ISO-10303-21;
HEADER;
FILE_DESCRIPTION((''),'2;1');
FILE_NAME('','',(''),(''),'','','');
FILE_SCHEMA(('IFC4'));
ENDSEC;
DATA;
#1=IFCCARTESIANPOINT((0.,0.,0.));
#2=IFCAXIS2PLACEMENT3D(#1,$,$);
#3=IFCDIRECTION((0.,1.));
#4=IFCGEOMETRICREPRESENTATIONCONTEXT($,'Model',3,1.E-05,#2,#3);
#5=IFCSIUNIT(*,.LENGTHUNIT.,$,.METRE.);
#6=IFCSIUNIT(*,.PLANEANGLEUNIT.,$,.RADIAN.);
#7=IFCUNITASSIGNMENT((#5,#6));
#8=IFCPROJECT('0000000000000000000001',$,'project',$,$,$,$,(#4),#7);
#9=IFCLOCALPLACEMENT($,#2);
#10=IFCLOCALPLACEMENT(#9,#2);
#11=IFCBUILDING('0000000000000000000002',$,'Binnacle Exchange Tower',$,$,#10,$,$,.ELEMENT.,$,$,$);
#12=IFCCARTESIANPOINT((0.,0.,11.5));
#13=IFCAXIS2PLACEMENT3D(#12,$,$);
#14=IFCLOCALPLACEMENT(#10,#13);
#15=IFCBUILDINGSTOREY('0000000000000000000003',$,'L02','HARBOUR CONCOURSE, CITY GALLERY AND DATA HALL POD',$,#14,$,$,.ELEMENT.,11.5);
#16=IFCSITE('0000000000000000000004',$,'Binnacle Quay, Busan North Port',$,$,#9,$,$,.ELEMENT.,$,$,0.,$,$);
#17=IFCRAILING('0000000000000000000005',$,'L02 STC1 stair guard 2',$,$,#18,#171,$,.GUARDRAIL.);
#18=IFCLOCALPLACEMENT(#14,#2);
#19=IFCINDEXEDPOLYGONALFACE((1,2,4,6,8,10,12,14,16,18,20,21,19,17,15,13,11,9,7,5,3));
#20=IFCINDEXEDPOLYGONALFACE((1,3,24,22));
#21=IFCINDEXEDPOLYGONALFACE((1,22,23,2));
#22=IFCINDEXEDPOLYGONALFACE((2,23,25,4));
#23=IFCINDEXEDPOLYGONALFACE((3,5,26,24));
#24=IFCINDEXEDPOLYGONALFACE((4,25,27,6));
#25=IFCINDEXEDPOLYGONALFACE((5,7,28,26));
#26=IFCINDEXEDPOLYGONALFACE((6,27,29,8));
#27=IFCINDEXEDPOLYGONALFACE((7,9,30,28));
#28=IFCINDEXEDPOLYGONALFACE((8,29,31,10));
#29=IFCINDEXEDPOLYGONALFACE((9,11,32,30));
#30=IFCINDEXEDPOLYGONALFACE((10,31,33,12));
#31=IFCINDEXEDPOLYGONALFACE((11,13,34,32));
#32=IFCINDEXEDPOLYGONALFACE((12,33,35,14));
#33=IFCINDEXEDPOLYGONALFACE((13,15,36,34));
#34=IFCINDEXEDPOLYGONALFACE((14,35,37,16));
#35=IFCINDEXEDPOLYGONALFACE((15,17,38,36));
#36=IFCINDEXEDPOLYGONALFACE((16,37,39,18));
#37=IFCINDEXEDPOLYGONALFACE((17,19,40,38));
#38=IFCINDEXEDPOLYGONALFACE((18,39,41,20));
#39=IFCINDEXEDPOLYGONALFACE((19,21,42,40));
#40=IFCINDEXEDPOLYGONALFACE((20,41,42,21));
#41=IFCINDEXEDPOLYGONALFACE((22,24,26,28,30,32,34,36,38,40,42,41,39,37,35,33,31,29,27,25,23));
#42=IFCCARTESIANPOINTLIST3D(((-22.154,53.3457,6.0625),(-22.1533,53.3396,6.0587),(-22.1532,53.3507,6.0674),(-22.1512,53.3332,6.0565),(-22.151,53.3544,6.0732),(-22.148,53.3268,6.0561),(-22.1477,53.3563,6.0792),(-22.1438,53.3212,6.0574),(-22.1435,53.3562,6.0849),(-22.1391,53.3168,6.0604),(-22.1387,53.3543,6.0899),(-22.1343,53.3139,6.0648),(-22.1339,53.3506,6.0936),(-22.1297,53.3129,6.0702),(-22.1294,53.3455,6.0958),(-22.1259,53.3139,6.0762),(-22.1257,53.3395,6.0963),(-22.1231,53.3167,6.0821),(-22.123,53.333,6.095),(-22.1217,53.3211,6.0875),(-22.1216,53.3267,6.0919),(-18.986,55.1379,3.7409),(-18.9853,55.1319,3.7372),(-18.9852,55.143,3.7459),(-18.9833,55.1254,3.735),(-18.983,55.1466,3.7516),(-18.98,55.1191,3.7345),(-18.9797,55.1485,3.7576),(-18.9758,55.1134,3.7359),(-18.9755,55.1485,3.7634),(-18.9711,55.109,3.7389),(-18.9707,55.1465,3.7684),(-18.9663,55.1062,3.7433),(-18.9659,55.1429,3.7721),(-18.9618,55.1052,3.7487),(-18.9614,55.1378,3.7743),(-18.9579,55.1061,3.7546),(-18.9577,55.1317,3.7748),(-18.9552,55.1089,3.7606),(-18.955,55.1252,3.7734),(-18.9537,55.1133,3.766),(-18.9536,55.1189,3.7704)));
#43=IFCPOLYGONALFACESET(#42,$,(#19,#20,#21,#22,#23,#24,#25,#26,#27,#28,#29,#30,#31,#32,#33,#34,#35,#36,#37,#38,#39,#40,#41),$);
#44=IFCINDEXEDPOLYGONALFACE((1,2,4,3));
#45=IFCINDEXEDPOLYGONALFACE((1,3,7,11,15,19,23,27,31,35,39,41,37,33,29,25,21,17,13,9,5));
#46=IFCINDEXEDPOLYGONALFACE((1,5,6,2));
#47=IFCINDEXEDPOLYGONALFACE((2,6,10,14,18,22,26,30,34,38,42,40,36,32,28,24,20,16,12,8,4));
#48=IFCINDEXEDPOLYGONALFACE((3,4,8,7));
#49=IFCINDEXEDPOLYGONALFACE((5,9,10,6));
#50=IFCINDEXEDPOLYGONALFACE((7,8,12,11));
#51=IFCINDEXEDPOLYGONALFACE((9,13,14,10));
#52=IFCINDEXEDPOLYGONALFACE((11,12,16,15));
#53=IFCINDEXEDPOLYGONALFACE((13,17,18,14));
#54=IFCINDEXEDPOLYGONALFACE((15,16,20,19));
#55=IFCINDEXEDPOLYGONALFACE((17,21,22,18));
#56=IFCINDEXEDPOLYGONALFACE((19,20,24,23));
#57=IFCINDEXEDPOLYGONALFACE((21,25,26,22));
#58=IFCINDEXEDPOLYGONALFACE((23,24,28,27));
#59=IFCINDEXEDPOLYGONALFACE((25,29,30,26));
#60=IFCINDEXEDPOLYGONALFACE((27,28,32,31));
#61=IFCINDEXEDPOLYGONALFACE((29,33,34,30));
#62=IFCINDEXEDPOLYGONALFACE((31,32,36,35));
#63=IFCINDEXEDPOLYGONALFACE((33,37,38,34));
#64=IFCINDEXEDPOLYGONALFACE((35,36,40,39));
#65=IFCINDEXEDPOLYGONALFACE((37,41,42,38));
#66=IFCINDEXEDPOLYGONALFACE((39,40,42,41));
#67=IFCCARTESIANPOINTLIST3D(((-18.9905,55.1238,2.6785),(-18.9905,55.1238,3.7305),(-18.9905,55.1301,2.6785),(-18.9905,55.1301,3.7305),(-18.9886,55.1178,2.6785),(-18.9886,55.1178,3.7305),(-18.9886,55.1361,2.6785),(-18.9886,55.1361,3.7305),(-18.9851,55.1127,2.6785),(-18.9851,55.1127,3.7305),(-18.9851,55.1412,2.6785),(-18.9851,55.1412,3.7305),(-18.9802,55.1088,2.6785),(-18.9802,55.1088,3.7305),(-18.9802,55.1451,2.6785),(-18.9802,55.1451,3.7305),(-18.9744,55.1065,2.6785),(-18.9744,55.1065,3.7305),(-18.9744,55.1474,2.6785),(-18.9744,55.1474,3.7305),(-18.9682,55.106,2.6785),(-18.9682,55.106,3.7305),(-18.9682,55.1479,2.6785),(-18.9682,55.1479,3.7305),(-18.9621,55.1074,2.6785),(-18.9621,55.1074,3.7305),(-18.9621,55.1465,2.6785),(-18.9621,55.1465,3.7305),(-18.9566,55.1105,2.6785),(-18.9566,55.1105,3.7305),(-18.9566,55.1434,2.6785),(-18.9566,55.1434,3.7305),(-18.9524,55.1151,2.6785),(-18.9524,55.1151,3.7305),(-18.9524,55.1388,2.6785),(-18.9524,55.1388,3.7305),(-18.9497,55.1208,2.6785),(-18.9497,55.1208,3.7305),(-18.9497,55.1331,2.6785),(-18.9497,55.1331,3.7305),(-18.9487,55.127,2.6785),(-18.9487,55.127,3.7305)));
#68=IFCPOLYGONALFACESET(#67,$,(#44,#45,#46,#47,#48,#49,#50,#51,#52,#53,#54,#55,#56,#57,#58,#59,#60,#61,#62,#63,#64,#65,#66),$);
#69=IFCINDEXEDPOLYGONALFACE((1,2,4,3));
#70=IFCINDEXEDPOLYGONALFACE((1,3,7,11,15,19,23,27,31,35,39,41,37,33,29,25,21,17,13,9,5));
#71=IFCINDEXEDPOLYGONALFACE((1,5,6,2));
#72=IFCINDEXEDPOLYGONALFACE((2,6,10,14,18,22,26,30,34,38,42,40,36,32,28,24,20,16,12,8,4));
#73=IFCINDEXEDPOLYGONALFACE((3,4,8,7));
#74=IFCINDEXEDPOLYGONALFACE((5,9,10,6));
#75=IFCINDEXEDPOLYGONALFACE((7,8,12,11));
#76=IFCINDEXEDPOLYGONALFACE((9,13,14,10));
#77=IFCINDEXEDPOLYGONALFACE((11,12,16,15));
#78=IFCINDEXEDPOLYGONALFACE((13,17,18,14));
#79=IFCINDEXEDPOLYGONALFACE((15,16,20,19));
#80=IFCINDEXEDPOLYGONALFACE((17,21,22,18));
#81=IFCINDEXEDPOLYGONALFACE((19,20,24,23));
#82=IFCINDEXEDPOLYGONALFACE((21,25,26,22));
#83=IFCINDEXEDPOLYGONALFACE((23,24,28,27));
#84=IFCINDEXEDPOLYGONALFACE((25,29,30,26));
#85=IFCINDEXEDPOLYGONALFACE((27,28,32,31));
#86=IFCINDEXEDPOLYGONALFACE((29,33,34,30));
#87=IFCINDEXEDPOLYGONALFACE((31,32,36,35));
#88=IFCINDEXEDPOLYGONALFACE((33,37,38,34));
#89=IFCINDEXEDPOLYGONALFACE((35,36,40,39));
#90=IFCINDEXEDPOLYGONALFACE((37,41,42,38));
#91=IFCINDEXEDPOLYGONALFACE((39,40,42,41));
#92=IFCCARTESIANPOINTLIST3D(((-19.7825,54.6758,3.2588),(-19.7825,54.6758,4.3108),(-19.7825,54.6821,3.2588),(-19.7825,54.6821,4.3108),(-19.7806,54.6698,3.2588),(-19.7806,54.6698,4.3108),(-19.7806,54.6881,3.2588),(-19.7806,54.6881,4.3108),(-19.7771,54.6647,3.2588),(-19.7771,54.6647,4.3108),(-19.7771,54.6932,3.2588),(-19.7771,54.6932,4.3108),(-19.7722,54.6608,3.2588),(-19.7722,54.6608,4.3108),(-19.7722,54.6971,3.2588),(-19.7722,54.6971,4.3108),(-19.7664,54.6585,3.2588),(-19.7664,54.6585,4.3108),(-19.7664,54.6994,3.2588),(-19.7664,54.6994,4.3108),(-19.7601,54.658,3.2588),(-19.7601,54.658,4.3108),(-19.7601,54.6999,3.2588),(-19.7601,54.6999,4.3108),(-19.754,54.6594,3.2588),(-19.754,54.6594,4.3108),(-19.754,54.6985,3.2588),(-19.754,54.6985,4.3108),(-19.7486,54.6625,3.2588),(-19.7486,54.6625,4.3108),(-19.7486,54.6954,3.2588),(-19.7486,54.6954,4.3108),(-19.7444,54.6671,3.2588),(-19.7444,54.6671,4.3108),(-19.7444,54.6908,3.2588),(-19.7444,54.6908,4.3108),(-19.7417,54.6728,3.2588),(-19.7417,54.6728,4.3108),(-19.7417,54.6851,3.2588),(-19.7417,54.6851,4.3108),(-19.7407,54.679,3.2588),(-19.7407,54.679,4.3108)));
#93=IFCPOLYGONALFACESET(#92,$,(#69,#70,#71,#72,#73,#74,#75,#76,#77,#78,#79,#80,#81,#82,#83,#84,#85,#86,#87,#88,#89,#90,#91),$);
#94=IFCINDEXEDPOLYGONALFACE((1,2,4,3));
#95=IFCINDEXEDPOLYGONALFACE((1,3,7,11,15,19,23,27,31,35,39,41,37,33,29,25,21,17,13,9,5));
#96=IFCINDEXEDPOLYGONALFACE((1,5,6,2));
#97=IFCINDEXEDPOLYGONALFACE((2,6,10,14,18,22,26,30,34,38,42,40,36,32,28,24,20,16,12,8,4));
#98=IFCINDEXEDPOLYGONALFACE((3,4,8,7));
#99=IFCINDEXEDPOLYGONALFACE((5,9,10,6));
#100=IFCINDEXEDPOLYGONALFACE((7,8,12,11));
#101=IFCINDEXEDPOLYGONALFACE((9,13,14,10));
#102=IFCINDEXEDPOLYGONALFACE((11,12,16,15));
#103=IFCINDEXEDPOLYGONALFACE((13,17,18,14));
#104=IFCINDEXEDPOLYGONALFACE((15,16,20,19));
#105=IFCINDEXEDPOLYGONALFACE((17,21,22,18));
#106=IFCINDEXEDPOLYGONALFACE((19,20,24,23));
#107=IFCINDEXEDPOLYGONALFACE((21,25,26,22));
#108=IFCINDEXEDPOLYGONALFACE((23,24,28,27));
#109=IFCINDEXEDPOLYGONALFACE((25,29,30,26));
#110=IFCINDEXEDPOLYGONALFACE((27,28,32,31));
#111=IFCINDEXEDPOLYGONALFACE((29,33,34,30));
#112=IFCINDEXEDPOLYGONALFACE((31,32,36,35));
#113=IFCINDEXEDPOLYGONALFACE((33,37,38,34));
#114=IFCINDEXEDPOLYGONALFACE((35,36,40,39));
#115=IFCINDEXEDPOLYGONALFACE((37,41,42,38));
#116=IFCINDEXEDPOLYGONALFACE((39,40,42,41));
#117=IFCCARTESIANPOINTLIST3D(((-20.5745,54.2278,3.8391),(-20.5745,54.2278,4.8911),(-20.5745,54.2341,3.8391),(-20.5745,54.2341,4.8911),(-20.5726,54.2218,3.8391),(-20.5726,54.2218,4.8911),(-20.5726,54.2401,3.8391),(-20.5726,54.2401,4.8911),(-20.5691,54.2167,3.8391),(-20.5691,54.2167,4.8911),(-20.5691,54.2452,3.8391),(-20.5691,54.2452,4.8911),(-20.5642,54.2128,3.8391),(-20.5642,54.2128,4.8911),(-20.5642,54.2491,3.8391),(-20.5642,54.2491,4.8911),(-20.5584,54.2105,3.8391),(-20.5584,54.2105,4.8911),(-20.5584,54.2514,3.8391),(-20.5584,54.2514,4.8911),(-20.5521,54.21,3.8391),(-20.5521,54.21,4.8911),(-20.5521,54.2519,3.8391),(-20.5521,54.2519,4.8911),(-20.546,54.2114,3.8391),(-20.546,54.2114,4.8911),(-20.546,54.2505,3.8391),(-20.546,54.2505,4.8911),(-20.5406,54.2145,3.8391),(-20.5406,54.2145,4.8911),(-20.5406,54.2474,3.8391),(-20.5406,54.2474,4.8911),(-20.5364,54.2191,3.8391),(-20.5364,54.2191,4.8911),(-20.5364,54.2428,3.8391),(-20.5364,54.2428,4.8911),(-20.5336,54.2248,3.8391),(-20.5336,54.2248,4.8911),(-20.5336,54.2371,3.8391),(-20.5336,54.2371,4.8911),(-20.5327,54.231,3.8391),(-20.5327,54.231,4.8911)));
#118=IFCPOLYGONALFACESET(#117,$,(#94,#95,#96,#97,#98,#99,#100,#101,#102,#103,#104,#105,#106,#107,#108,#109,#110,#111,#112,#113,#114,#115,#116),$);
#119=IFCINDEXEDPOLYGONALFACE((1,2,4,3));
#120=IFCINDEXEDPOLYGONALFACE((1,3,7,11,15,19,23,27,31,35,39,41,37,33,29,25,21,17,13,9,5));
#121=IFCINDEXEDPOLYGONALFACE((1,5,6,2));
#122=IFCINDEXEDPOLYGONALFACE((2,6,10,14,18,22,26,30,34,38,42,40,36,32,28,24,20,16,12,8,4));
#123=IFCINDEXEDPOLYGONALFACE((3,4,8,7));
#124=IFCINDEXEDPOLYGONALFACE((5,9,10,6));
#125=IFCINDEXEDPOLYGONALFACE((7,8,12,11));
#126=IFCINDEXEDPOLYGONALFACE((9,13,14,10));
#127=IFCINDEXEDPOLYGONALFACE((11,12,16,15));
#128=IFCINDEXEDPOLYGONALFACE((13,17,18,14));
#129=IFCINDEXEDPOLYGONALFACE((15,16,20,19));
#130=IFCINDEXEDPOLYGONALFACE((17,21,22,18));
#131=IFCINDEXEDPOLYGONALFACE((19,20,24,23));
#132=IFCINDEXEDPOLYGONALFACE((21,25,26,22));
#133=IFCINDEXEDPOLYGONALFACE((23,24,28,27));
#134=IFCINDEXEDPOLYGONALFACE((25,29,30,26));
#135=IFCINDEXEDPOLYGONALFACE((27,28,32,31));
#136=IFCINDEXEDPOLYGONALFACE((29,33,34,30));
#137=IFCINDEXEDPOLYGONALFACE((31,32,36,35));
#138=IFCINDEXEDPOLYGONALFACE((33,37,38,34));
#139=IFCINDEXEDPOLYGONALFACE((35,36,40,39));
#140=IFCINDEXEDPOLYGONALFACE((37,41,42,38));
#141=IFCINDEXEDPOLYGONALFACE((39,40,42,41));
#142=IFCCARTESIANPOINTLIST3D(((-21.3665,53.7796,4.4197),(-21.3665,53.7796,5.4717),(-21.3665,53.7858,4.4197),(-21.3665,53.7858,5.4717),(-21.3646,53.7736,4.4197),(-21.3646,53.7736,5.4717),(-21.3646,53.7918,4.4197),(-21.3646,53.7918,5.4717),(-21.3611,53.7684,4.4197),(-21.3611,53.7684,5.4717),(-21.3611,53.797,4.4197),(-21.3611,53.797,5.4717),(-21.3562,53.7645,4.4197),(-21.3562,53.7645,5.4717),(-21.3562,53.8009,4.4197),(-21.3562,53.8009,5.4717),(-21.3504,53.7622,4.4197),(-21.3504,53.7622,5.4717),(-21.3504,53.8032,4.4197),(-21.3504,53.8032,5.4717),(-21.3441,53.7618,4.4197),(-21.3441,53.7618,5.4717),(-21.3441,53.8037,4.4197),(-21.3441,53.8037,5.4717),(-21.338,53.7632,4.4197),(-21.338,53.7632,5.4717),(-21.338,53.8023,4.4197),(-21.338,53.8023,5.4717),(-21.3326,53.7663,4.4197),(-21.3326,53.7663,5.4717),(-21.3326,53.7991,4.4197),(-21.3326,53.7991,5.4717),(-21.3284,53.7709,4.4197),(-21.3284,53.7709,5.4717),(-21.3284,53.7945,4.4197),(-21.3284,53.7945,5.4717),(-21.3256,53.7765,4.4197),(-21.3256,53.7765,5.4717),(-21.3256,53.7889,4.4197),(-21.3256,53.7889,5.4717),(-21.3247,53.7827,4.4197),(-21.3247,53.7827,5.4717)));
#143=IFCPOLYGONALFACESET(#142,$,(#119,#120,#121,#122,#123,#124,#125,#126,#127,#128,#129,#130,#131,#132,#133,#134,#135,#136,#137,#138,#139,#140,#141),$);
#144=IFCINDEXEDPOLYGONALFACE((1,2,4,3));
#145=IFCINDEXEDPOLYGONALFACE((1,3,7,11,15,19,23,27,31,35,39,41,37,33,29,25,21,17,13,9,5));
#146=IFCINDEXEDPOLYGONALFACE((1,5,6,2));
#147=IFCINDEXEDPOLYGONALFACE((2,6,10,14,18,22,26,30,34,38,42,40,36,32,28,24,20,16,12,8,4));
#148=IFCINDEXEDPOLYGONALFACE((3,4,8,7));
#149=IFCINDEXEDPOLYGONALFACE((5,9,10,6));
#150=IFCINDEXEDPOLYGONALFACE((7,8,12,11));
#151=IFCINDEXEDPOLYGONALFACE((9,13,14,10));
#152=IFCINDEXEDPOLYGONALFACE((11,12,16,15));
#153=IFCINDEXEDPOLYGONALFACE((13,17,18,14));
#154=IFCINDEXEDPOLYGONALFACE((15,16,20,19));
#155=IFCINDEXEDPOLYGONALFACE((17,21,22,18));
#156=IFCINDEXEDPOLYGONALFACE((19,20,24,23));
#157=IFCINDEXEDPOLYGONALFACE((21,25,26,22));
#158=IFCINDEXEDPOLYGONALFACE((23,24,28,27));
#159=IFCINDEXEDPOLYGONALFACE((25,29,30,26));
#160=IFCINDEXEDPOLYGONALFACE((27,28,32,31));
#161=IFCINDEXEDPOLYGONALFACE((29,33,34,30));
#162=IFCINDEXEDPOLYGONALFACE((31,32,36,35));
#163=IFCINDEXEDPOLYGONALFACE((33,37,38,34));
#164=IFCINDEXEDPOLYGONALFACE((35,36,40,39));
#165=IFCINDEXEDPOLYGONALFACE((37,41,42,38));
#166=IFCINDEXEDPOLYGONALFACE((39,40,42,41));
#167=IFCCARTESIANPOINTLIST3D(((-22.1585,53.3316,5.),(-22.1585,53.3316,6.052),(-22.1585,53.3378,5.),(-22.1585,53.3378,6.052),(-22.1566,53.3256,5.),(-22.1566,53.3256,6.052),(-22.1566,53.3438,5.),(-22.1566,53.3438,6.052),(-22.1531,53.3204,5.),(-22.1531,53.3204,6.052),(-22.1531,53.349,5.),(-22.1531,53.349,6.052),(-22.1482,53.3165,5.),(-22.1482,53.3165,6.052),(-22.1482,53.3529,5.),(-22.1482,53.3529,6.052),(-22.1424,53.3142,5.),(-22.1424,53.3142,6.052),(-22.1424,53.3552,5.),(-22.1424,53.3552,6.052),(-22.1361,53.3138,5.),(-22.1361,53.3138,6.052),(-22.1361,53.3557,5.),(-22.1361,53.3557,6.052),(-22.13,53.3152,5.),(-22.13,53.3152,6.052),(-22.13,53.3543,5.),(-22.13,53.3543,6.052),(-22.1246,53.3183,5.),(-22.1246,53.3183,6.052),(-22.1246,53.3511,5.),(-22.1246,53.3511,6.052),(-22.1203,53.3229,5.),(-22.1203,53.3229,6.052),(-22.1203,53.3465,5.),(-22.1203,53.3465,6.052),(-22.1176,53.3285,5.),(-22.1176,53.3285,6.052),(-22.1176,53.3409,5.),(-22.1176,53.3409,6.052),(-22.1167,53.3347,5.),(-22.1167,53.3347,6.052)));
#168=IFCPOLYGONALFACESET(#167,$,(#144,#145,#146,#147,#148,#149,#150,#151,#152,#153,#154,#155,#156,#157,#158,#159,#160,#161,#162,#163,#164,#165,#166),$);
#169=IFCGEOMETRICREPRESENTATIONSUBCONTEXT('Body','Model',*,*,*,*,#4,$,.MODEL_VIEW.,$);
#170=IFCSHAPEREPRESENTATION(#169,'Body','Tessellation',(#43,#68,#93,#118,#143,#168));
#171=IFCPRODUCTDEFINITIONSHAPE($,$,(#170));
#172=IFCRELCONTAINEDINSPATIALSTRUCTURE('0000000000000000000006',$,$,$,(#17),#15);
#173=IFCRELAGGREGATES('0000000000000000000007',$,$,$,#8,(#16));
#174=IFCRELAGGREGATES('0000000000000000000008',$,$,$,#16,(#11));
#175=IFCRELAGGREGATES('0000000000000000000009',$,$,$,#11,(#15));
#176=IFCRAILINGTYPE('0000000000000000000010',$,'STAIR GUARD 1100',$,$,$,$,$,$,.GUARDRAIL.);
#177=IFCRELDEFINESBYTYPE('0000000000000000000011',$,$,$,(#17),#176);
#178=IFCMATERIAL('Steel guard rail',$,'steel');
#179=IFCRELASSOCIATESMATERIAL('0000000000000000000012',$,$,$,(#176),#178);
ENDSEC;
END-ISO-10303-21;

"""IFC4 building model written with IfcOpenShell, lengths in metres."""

from ifc_helpers import new_model, si_unit, direction, frame, origin, origin_2d, place, context, subcontext, project, spatial, circle, extrude, material, type_object, element, save


model = new_model("IFC4")

# Units and contexts
model_context = context("Model", 3, precision=1e-05, world=origin(), true_north=direction((0.0, 1.0)))
body_context = subcontext(model_context, "Body", "Model", "MODEL_VIEW")
ifc_project = project(units=[si_unit("LENGTHUNIT", "METRE"), si_unit("PLANEANGLEUNIT", "RADIAN")], contexts=[model_context])

# Site, building, storey
site_placement = place(None, origin())
site = spatial("IfcSite", under=ifc_project, at=site_placement, Name="Binnacle Quay, Busan North Port", CompositionType="ELEMENT", RefElevation=0.0)
building_placement = place(site_placement, origin())
building = spatial("IfcBuilding", under=site, at=building_placement, Name="Binnacle Exchange Tower", CompositionType="ELEMENT")
storey_placement = place(building_placement, frame((0.0, 0.0, 11.5)))
storey = spatial("IfcBuildingStorey", under=building, at=storey_placement, Name="L02", Description="HARBOUR CONCOURSE, CITY GALLERY AND DATA HALL POD", CompositionType="ELEMENT", Elevation=11.5)

# Railing
ifc_material_1 = material(Name="Steel guard rail", Category="steel")
railing_type_1 = type_object("IfcRailingType", Name="STAIR GUARD 1100", PredefinedType="GUARDRAIL", material=ifc_material_1)
railing_1_placement = place(storey_placement, frame((-18.9697, 55.127, 2.6785)))
element("IfcRailing", 1, at=railing_1_placement, inside=storey, type_object=railing_type_1, Name="L02 STC1 stair guard 2", PredefinedType="GUARDRAIL", context=body_context, shape_type="SweptSolid", body=[
    extrude(circle(Radius=0.0239, at=origin_2d()), frame((0.0, 0.0, 1.0762), z_axis=(-0.733813, -0.415145, 0.537749), x_axis=(0.4924, -0.870369, 0.0)), (0.0, 0.0, 1.0), 4.3171),
    extrude(circle(Radius=0.021, at=origin_2d()), origin(), (0.0, 0.0, 1.0), 1.052),
    extrude(circle(Radius=0.021, at=origin_2d()), frame((-0.792, -0.448, 0.5803)), (0.0, 0.0, 1.0), 1.052),
    extrude(circle(Radius=0.021, at=origin_2d()), frame((-1.584, -0.896, 1.1606)), (0.0, 0.0, 1.0), 1.052),
    extrude(circle(Radius=0.021, at=origin_2d()), frame((-2.376, -1.3442, 1.7412)), (0.0, 0.0, 1.0), 1.052),
    extrude(circle(Radius=0.021, at=origin_2d()), frame((-3.168, -1.7922, 2.3215)), (0.0, 0.0, 1.0), 1.052),
])

save(model, "model.ifc")
